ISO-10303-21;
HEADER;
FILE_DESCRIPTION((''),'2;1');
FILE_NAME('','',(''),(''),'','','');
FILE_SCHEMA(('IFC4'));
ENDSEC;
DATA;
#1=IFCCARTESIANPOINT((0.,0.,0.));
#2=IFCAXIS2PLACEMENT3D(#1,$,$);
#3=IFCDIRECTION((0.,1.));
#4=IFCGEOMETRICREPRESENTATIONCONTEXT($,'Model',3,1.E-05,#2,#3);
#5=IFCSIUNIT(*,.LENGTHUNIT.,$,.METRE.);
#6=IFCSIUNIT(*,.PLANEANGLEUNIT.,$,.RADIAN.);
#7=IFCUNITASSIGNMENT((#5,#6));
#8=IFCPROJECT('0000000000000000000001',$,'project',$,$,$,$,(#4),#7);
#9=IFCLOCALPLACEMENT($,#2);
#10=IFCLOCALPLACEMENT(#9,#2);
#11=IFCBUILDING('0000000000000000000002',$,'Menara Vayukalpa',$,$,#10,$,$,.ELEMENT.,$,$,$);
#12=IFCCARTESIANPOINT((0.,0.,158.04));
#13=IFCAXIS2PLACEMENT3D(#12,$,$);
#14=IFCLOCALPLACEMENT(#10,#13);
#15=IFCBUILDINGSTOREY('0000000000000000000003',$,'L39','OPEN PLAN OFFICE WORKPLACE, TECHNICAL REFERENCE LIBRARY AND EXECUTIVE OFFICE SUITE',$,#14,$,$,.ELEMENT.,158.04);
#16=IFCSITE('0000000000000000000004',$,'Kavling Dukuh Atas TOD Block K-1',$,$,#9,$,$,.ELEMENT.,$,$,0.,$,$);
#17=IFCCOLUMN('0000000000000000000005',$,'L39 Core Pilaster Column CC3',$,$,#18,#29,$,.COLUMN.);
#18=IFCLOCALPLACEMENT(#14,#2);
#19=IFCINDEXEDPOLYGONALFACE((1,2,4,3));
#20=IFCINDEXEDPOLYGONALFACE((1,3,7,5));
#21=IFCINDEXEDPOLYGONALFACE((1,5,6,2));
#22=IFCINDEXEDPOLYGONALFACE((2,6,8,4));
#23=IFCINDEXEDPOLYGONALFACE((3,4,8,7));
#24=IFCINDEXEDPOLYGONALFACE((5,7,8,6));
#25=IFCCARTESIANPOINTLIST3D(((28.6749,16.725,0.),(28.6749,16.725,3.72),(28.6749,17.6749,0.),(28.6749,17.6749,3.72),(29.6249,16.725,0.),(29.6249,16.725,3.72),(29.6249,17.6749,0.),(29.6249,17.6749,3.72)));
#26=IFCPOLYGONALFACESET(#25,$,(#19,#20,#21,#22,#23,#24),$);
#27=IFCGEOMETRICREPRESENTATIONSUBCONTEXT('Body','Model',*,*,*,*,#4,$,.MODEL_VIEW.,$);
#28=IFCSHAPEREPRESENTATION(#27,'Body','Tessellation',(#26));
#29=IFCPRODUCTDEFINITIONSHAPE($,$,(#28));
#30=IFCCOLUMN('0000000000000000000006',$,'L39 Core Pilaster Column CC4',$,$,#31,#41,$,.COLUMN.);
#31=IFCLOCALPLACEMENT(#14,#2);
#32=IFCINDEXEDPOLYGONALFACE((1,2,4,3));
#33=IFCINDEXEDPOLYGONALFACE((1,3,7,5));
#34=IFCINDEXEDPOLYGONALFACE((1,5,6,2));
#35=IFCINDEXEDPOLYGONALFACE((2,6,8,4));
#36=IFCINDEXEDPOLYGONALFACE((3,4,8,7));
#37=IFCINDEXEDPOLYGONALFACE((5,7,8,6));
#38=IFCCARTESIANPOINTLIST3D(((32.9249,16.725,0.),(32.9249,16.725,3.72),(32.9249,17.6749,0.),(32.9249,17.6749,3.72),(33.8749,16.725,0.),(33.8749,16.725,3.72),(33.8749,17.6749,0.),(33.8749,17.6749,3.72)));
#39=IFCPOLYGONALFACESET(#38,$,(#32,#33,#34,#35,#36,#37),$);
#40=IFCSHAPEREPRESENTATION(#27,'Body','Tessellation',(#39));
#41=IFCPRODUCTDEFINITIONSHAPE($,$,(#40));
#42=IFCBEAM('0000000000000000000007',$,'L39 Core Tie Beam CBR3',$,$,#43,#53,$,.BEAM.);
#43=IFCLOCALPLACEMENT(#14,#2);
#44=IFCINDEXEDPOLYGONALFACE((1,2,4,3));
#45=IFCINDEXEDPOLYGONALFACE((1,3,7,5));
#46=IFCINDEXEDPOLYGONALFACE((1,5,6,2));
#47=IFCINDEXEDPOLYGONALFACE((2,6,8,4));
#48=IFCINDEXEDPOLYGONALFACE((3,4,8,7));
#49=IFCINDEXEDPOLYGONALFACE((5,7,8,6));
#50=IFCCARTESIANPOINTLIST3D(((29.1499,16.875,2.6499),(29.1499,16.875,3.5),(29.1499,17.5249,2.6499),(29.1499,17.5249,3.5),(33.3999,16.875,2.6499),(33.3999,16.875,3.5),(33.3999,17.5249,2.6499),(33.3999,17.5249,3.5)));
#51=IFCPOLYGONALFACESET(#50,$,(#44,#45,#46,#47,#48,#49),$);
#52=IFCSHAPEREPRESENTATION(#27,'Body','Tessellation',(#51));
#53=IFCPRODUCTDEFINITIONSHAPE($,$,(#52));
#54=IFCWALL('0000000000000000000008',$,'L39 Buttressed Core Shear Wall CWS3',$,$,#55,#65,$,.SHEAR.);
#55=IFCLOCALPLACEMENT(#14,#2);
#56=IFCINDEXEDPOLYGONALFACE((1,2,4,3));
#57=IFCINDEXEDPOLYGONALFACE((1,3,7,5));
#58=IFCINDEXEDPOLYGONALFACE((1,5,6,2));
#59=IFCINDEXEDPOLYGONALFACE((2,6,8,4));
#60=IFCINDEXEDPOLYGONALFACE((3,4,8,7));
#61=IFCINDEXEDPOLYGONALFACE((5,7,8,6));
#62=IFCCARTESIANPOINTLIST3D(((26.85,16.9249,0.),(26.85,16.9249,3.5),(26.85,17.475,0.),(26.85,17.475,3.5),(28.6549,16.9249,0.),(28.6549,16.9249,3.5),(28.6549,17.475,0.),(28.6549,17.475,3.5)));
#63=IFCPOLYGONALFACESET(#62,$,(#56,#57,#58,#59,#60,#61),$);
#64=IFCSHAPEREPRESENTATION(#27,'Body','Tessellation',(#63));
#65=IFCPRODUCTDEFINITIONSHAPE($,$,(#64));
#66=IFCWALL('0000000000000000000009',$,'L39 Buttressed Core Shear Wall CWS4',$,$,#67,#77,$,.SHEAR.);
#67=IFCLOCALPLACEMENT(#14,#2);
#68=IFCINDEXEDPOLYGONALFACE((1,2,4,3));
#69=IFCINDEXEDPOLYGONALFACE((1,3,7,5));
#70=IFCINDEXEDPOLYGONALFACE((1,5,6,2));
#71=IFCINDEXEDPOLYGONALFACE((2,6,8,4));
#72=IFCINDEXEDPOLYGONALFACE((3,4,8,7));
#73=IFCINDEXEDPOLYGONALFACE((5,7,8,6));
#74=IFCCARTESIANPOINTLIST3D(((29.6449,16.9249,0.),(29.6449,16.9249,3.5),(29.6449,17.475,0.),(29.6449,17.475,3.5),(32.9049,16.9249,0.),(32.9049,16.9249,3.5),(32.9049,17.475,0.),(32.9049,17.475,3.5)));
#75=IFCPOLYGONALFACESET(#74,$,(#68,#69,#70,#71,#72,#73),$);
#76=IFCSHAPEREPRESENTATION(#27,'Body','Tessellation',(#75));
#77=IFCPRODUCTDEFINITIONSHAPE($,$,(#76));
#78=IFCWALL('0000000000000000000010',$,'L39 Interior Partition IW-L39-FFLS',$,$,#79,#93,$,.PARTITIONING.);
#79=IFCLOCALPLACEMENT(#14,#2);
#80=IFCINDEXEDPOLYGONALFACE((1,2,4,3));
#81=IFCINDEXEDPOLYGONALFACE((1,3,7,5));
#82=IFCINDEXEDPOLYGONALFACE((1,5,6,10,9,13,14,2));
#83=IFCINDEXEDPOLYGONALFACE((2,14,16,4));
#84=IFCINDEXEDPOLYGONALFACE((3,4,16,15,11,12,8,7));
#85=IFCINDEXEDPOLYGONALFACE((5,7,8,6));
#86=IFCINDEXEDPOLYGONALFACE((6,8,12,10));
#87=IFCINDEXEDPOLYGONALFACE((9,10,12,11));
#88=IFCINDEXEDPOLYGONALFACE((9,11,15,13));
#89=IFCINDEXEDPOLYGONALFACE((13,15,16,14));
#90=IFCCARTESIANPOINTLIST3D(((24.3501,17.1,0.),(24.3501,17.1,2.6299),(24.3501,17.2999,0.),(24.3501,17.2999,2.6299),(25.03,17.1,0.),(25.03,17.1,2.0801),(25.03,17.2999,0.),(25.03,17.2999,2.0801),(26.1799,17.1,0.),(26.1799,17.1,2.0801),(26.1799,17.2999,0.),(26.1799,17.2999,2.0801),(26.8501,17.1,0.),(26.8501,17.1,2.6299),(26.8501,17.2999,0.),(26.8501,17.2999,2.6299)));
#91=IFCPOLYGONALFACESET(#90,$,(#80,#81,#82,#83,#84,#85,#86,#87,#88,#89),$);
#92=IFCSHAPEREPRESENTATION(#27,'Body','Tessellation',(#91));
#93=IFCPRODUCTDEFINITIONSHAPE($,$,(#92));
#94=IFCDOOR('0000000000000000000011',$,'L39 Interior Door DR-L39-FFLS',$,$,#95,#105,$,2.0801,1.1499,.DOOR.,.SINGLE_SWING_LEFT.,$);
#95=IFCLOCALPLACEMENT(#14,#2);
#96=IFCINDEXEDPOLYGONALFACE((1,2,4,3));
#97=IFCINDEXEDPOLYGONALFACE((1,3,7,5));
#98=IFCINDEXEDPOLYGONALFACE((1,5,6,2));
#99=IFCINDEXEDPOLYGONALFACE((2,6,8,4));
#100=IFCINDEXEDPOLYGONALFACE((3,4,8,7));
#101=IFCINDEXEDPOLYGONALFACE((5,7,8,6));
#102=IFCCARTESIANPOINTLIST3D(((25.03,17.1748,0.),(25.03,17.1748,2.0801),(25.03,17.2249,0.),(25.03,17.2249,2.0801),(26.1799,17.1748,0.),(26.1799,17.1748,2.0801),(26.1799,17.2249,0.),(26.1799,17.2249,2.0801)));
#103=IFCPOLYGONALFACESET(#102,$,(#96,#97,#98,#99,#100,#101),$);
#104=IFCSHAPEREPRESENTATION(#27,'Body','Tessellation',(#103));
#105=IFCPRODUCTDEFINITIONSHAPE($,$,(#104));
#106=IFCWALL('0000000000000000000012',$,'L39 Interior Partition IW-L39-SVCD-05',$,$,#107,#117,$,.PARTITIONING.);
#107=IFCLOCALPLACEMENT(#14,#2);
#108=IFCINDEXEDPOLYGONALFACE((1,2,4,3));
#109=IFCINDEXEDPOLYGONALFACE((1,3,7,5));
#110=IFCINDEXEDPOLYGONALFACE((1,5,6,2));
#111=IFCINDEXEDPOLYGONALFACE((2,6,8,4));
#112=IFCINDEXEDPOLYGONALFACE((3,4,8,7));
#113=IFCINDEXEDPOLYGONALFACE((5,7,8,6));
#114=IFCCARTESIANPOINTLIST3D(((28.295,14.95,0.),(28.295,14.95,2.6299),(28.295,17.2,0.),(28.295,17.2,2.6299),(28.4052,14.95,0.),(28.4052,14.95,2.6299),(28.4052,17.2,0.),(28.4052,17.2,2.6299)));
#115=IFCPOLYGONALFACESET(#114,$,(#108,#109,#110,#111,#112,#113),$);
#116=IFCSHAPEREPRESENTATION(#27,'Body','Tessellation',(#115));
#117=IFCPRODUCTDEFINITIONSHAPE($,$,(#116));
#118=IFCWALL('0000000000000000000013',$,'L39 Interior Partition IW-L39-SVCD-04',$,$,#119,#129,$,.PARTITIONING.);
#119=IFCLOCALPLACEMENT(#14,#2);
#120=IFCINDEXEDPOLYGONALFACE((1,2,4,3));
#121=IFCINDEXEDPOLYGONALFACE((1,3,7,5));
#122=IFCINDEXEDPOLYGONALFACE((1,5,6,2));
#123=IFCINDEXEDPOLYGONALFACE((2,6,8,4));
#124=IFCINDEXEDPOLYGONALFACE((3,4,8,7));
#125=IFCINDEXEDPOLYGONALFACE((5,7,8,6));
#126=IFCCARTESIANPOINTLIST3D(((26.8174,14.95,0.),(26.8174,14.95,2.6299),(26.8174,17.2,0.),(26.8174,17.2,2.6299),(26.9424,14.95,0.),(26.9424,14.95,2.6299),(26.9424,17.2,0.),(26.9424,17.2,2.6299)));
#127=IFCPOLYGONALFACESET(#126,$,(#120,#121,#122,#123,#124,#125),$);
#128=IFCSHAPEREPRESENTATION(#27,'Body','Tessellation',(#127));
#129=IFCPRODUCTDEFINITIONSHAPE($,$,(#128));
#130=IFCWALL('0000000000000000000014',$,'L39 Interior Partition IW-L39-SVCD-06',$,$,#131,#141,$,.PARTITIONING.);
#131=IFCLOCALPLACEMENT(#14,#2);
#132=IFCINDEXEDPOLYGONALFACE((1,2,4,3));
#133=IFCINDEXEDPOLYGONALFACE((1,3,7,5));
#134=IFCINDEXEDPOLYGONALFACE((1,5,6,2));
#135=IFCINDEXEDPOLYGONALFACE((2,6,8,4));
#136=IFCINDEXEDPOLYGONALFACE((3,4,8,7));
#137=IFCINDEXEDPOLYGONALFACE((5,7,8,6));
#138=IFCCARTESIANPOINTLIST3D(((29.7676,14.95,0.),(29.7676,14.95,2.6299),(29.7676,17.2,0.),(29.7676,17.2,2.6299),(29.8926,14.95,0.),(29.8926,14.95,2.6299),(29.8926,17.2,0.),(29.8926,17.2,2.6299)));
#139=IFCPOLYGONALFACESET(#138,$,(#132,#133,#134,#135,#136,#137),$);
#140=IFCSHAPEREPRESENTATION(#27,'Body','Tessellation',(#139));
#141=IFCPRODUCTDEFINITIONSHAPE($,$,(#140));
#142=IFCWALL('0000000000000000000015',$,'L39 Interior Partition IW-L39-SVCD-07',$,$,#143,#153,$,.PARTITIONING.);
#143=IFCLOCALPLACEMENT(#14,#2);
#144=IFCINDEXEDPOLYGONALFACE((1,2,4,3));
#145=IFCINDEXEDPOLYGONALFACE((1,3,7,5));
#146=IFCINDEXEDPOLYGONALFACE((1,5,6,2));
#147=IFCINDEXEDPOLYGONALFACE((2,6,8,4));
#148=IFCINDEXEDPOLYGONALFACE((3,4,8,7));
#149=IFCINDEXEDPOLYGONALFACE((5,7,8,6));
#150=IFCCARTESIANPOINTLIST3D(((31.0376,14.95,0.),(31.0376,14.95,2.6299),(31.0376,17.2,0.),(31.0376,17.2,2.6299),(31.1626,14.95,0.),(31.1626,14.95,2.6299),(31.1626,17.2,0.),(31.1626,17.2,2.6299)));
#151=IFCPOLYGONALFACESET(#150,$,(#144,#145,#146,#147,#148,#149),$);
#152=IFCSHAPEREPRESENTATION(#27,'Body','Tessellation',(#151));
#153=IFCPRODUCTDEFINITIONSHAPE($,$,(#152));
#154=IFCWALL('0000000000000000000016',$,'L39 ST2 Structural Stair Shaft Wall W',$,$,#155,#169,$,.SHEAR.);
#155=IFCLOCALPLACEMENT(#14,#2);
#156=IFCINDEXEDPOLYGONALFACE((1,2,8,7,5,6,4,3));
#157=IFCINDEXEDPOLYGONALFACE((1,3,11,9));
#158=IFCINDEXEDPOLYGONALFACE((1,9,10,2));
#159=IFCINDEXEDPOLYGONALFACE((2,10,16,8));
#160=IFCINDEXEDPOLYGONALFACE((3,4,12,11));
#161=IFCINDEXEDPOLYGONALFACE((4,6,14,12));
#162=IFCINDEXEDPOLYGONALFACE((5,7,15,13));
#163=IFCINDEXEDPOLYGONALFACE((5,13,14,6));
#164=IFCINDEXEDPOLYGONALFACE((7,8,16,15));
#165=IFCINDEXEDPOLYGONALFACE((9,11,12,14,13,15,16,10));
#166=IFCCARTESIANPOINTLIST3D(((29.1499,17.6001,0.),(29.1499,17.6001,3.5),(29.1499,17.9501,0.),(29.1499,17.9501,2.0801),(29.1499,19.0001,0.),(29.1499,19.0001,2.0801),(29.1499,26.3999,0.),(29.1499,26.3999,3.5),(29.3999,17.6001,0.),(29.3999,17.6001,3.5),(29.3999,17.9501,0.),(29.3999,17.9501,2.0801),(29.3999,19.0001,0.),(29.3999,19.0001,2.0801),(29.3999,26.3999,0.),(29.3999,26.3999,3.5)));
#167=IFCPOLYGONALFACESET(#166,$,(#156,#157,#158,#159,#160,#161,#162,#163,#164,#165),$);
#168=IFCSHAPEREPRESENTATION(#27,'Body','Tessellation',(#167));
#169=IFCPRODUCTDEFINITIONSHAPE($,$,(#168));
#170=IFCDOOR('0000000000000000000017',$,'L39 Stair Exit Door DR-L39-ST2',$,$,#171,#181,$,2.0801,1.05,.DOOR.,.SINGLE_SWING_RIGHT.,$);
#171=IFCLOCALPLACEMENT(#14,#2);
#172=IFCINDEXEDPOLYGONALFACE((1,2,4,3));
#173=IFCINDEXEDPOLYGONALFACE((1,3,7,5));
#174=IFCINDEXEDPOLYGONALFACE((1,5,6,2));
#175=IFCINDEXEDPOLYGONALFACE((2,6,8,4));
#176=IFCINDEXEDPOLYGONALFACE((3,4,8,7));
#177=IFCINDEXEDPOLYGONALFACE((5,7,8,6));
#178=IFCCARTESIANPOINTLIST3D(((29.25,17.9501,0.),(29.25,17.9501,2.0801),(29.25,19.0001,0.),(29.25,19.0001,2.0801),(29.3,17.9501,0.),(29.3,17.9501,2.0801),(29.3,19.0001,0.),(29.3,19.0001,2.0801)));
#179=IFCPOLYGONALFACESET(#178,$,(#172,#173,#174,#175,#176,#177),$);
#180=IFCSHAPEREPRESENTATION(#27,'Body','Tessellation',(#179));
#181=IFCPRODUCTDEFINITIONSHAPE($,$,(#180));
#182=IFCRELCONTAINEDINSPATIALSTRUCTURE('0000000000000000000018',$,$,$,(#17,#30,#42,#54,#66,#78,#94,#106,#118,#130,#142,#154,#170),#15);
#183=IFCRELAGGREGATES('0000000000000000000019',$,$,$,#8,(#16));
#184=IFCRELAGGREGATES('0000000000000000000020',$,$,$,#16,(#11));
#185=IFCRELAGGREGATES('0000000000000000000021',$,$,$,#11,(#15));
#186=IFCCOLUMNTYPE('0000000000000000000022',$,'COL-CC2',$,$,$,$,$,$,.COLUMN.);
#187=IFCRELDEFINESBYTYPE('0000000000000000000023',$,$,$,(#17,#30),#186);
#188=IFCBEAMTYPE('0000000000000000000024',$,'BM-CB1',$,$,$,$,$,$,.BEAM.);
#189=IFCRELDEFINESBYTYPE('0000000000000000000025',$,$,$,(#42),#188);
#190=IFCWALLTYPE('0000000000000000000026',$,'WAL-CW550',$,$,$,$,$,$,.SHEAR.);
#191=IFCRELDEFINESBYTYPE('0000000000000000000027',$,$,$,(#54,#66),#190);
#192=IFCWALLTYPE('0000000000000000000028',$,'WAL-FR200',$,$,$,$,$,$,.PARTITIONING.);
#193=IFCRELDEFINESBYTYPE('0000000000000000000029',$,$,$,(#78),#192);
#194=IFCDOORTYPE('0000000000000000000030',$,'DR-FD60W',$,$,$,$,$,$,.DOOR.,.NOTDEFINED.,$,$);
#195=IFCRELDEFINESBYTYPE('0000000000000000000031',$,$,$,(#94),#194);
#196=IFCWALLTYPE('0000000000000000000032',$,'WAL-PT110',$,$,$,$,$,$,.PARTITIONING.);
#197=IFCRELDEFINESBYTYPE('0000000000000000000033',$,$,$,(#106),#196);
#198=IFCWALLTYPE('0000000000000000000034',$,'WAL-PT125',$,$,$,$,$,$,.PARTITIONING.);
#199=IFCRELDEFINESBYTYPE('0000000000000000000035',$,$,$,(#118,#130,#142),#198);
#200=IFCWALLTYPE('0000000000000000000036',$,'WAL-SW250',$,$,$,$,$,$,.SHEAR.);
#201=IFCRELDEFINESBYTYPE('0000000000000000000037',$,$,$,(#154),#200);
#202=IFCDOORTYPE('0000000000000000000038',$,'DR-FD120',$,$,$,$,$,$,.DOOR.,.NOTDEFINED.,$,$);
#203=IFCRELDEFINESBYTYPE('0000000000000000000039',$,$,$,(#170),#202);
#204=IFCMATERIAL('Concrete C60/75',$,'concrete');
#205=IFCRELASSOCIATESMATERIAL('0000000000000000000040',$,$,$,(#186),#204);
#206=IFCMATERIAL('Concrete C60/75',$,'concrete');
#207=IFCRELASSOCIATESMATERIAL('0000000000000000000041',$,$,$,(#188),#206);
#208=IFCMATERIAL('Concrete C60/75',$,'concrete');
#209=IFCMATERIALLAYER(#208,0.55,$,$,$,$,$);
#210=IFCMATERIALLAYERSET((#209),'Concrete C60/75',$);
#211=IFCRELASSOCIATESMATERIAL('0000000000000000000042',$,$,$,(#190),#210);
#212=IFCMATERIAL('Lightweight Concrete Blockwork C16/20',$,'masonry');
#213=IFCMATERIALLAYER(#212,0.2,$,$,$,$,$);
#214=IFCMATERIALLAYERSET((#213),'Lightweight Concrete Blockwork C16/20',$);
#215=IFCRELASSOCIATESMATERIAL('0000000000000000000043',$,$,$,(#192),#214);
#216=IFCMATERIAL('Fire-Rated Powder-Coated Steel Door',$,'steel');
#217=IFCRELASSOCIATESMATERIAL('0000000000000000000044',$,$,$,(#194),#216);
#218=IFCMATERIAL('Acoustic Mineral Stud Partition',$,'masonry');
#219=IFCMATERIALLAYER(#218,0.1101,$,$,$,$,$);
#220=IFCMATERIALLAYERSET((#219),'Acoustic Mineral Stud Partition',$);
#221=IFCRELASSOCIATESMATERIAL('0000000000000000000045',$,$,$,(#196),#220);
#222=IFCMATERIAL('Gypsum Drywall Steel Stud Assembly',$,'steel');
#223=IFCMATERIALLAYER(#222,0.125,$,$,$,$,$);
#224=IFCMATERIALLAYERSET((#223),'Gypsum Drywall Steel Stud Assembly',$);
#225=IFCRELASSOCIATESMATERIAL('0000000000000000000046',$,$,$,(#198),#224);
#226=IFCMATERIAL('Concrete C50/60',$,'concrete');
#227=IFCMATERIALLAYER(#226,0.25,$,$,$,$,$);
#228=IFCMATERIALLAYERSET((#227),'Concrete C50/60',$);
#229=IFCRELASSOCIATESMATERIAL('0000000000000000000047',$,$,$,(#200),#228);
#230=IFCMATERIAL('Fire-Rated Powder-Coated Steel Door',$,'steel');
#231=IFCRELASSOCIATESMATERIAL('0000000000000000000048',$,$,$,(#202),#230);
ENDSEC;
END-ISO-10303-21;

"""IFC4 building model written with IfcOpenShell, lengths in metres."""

from ifc_helpers import new_model, si_unit, direction, frame, frame_2d, origin, origin_2d, place, context, subcontext, project, spatial, rectangle, extrude, material, layer, layer_set, material_profile, profile_set, type_object, element, fill, save


model = new_model("IFC4")

# Units and contexts
model_context = context("Model", 3, precision=1e-05, world=origin(), true_north=direction((0.0, 1.0)))
body_context = subcontext(model_context, "Body", "Model", "MODEL_VIEW")
ifc_project = project(units=[si_unit("LENGTHUNIT", "METRE"), si_unit("PLANEANGLEUNIT", "RADIAN")], contexts=[model_context])

# Site, building, storey
site_placement = place(None, origin())
site = spatial("IfcSite", under=ifc_project, at=site_placement, Name="Kavling Dukuh Atas TOD Block K-1", CompositionType="ELEMENT", RefElevation=0.0)
building_placement = place(site_placement, origin())
building = spatial("IfcBuilding", under=site, at=building_placement, Name="Menara Vayukalpa", CompositionType="ELEMENT")
storey_placement = place(building_placement, frame((0.0, 0.0, 158.04)))
storey = spatial("IfcBuildingStorey", under=building, at=storey_placement, Name="L39", Description="OPEN PLAN OFFICE WORKPLACE, TECHNICAL REFERENCE LIBRARY AND EXECUTIVE OFFICE SUITE", CompositionType="ELEMENT", Elevation=158.04)

# Columns
ifc_material_1 = material(Name="Concrete C60/75", Category="concrete")
ifc_material_profile_1 = material_profile(ifc_material_1, rectangle(XDim=0.95, YDim=0.95, at=origin_2d()), Name="RC 950x950")
ifc_profile_set_1 = profile_set([ifc_material_profile_1], Name="Concrete C60/75")
column_type = type_object("IfcColumnType", Name="COL-CC2", PredefinedType="COLUMN", material=ifc_profile_set_1)
for number, where, z_axis, x_axis, name in (
    (1, (29.1499, 17.2, 0.0), (0.0, 0.0, 1.0), (1.0, 0.0, 0.0), "L39 Core Pilaster Column CC3"),
    (2, (33.3999, 17.2, 0.0), (0.0, 0.0, 1.0), (1.0, 0.0, 0.0), "L39 Core Pilaster Column CC4"),
):
    element("IfcColumn", number, at=place(storey_placement, frame(where, z_axis=z_axis, x_axis=x_axis)), inside=storey, type_object=column_type, Name=name, PredefinedType="COLUMN", context=body_context, shape_type="SweptSolid", body=[
        extrude(rectangle(XDim=0.95, YDim=0.95, at=origin_2d()), origin(), (0.0, 0.0, 1.0), 3.72),
    ])

# Beam
ifc_material_2 = material(Name="Concrete C60/75", Category="concrete")
ifc_material_profile_2 = material_profile(ifc_material_2, rectangle(XDim=0.6499, YDim=0.8501, at=origin_2d()), Name="RC 650x850")
ifc_profile_set_2 = profile_set([ifc_material_profile_2], Name="Concrete C60/75")
beam_type = type_object("IfcBeamType", Name="BM-CB1", PredefinedType="BEAM", material=ifc_profile_set_2)
beam_placement = place(storey_placement, frame((29.1499, 17.2, 3.075), z_axis=(1.0, 0.0, 0.0), x_axis=(0.0, 1.0, 0.0)))
element("IfcBeam", 3, at=beam_placement, inside=storey, type_object=beam_type, Name="L39 Core Tie Beam CBR3", PredefinedType="BEAM", context=body_context, shape_type="SweptSolid", body=[
    extrude(rectangle(XDim=0.6499, YDim=0.8501, at=origin_2d()), origin(), (0.0, 0.0, 1.0), 4.25),
])

# Walls
ifc_material_3 = material(Name="Concrete C60/75", Category="concrete")
ifc_layer_1 = layer(ifc_material_3, 0.55)
ifc_layer_set_1 = layer_set([ifc_layer_1], Name="Concrete C60/75")
wall_type_1 = type_object("IfcWallType", Name="WAL-CW550", PredefinedType="SHEAR", material=ifc_layer_set_1)
wall_1_placement = place(storey_placement, frame((26.8501, 17.2, 0.0), z_axis=(0.0, 0.0, 1.0), x_axis=(1.0, 0.0, 0.0)))
element("IfcWall", 4, at=wall_1_placement, inside=storey, type_object=wall_type_1, Name="L39 Buttressed Core Shear Wall CWS3", PredefinedType="SHEAR", context=body_context, shape_type="SweptSolid", body=[
    extrude(rectangle(XDim=1.8049, YDim=0.55, at=frame_2d((0.9023, 0.0))), origin(), (0.0, 0.0, 1.0), 3.5),
])
wall_2_placement = place(storey_placement, frame((29.645, 17.2, 0.0), z_axis=(0.0, 0.0, 1.0), x_axis=(1.0, 0.0, 0.0)))
element("IfcWall", 5, at=wall_2_placement, inside=storey, type_object=wall_type_1, Name="L39 Buttressed Core Shear Wall CWS4", PredefinedType="SHEAR", context=body_context, shape_type="SweptSolid", body=[
    extrude(rectangle(XDim=3.26, YDim=0.55, at=frame_2d((1.6299, 0.0))), origin(), (0.0, 0.0, 1.0), 3.5),
])

# Wall, opening, door
ifc_material_4 = material(Name="Lightweight Concrete Blockwork C16/20", Category="masonry")
ifc_layer_2 = layer(ifc_material_4, 0.2)
ifc_layer_set_2 = layer_set([ifc_layer_2], Name="Lightweight Concrete Blockwork C16/20")
wall_type_2 = type_object("IfcWallType", Name="WAL-FR200", PredefinedType="PARTITIONING", material=ifc_layer_set_2)
wall_3_placement = place(storey_placement, frame((24.3501, 17.2, 0.0), z_axis=(0.0, 0.0, 1.0), x_axis=(1.0, 0.0, 0.0)))
wall_3 = element("IfcWall", 6, at=wall_3_placement, inside=storey, type_object=wall_type_2, Name="L39 Interior Partition IW-L39-FFLS", PredefinedType="PARTITIONING", context=body_context, shape_type="SweptSolid", body=[
    extrude(rectangle(XDim=2.5, YDim=0.2, at=frame_2d((1.25, 0.0))), origin(), (0.0, 0.0, 1.0), 2.6299),
])
opening_1_placement = place(wall_3_placement, frame((0.6799, 0.0, 0.0)))
opening_1 = element("IfcOpeningElement", 7, at=opening_1_placement, cuts=wall_3, PredefinedType="OPENING", context=body_context, shape_type="SweptSolid", body=[
    extrude(rectangle(XDim=1.1499, YDim=2.0801, at=frame_2d((0.575, 1.04))), frame((0.0, 0.1099, 0.0), z_axis=(0.0, -1.0, 0.0), x_axis=(1.0, 0.0, 0.0)), (0.0, 0.0, 1.0), 0.22),
])
ifc_material_5 = material(Name="Fire-Rated Powder-Coated Steel Door", Category="steel")
door_type_1 = type_object("IfcDoorType", Name="DR-FD60W", OperationType="NOTDEFINED", PredefinedType="DOOR", material=ifc_material_5)
door_1_placement = place(opening_1_placement, origin())
door_1 = element("IfcDoor", 8, at=door_1_placement, inside=storey, type_object=door_type_1, Name="L39 Interior Door DR-L39-FFLS", OperationType="SINGLE_SWING_LEFT", OverallHeight=2.0801, OverallWidth=1.1499, PredefinedType="DOOR", context=body_context, shape_type="SweptSolid", body=[
    extrude(rectangle(XDim=1.1499, YDim=2.0801, at=frame_2d((0.575, 1.04))), frame((0.0, 0.0249, 0.0), z_axis=(0.0, -1.0, 0.0), x_axis=(1.0, 0.0, 0.0)), (0.0, 0.0, 1.0), 0.05),
])
fill(opening_1, door_1)

# Walls
ifc_material_6 = material(Name="Acoustic Mineral Stud Partition", Category="masonry")
ifc_layer_3 = layer(ifc_material_6, 0.1101)
ifc_layer_set_3 = layer_set([ifc_layer_3], Name="Acoustic Mineral Stud Partition")
wall_type_3 = type_object("IfcWallType", Name="WAL-PT110", PredefinedType="PARTITIONING", material=ifc_layer_set_3)
wall_4_placement = place(storey_placement, frame((28.3501, 14.95, 0.0), z_axis=(0.0, 0.0, 1.0), x_axis=(0.0, 1.0, 0.0)))
element("IfcWall", 9, at=wall_4_placement, inside=storey, type_object=wall_type_3, Name="L39 Interior Partition IW-L39-SVCD-05", PredefinedType="PARTITIONING", context=body_context, shape_type="SweptSolid", body=[
    extrude(rectangle(XDim=2.25, YDim=0.1101, at=frame_2d((1.125, 0.0))), origin(), (0.0, 0.0, 1.0), 2.6299),
])
ifc_material_7 = material(Name="Gypsum Drywall Steel Stud Assembly", Category="steel")
ifc_layer_4 = layer(ifc_material_7, 0.125)
ifc_layer_set_4 = layer_set([ifc_layer_4], Name="Gypsum Drywall Steel Stud Assembly")
wall_type_4 = type_object("IfcWallType", Name="WAL-PT125", PredefinedType="PARTITIONING", material=ifc_layer_set_4)
for number, where, z_axis, x_axis, name in (
    (10, (26.8799, 14.95, 0.0), (0.0, 0.0, 1.0), (0.0, 1.0, 0.0), "L39 Interior Partition IW-L39-SVCD-04"),
    (11, (29.8301, 14.95, 0.0), (0.0, 0.0, 1.0), (0.0, 1.0, 0.0), "L39 Interior Partition IW-L39-SVCD-06"),
    (12, (31.1001, 14.95, 0.0), (0.0, 0.0, 1.0), (0.0, 1.0, 0.0), "L39 Interior Partition IW-L39-SVCD-07"),
):
    element("IfcWall", number, at=place(storey_placement, frame(where, z_axis=z_axis, x_axis=x_axis)), inside=storey, type_object=wall_type_4, Name=name, PredefinedType="PARTITIONING", context=body_context, shape_type="SweptSolid", body=[
        extrude(rectangle(XDim=2.25, YDim=0.125, at=frame_2d((1.125, 0.0))), origin(), (0.0, 0.0, 1.0), 2.6299),
    ])

# Wall, opening, door
ifc_material_8 = material(Name="Concrete C50/60", Category="concrete")
ifc_layer_5 = layer(ifc_material_8, 0.25)
ifc_layer_set_5 = layer_set([ifc_layer_5], Name="Concrete C50/60")
wall_type_5 = type_object("IfcWallType", Name="WAL-SW250", PredefinedType="SHEAR", material=ifc_layer_set_5)
wall_5_placement = place(storey_placement, frame((29.2749, 17.6001, 0.0), z_axis=(0.0, 0.0, 1.0), x_axis=(0.0, 1.0, 0.0)))
wall_5 = element("IfcWall", 13, at=wall_5_placement, inside=storey, type_object=wall_type_5, Name="L39 ST2 Structural Stair Shaft Wall W", PredefinedType="SHEAR", context=body_context, shape_type="SweptSolid", body=[
    extrude(rectangle(XDim=8.7998, YDim=0.25, at=frame_2d((4.3999, 0.0))), origin(), (0.0, 0.0, 1.0), 3.5),
])
opening_2_placement = place(wall_5_placement, frame((0.3501, 0.0, 0.0)))
opening_2 = element("IfcOpeningElement", 14, at=opening_2_placement, cuts=wall_5, PredefinedType="OPENING", context=body_context, shape_type="SweptSolid", body=[
    extrude(rectangle(XDim=1.05, YDim=2.0801, at=frame_2d((0.5249, 1.04))), frame((0.0, 0.135, 0.0), z_axis=(0.0, -1.0, 0.0), x_axis=(1.0, 0.0, 0.0)), (0.0, 0.0, 1.0), 0.27),
])
ifc_material_9 = material(Name="Fire-Rated Powder-Coated Steel Door", Category="steel")
door_type_2 = type_object("IfcDoorType", Name="DR-FD120", OperationType="NOTDEFINED", PredefinedType="DOOR", material=ifc_material_9)
door_2_placement = place(opening_2_placement, origin())
door_2 = element("IfcDoor", 15, at=door_2_placement, inside=storey, type_object=door_type_2, Name="L39 Stair Exit Door DR-L39-ST2", OperationType="SINGLE_SWING_RIGHT", OverallHeight=2.0801, OverallWidth=1.05, PredefinedType="DOOR", context=body_context, shape_type="SweptSolid", body=[
    extrude(rectangle(XDim=1.05, YDim=2.0801, at=frame_2d((0.5249, 1.04))), frame((0.0, 0.0249, 0.0), z_axis=(0.0, -1.0, 0.0), x_axis=(1.0, 0.0, 0.0)), (0.0, 0.0, 1.0), 0.05),
])
fill(opening_2, door_2)

save(model, "model.ifc")
